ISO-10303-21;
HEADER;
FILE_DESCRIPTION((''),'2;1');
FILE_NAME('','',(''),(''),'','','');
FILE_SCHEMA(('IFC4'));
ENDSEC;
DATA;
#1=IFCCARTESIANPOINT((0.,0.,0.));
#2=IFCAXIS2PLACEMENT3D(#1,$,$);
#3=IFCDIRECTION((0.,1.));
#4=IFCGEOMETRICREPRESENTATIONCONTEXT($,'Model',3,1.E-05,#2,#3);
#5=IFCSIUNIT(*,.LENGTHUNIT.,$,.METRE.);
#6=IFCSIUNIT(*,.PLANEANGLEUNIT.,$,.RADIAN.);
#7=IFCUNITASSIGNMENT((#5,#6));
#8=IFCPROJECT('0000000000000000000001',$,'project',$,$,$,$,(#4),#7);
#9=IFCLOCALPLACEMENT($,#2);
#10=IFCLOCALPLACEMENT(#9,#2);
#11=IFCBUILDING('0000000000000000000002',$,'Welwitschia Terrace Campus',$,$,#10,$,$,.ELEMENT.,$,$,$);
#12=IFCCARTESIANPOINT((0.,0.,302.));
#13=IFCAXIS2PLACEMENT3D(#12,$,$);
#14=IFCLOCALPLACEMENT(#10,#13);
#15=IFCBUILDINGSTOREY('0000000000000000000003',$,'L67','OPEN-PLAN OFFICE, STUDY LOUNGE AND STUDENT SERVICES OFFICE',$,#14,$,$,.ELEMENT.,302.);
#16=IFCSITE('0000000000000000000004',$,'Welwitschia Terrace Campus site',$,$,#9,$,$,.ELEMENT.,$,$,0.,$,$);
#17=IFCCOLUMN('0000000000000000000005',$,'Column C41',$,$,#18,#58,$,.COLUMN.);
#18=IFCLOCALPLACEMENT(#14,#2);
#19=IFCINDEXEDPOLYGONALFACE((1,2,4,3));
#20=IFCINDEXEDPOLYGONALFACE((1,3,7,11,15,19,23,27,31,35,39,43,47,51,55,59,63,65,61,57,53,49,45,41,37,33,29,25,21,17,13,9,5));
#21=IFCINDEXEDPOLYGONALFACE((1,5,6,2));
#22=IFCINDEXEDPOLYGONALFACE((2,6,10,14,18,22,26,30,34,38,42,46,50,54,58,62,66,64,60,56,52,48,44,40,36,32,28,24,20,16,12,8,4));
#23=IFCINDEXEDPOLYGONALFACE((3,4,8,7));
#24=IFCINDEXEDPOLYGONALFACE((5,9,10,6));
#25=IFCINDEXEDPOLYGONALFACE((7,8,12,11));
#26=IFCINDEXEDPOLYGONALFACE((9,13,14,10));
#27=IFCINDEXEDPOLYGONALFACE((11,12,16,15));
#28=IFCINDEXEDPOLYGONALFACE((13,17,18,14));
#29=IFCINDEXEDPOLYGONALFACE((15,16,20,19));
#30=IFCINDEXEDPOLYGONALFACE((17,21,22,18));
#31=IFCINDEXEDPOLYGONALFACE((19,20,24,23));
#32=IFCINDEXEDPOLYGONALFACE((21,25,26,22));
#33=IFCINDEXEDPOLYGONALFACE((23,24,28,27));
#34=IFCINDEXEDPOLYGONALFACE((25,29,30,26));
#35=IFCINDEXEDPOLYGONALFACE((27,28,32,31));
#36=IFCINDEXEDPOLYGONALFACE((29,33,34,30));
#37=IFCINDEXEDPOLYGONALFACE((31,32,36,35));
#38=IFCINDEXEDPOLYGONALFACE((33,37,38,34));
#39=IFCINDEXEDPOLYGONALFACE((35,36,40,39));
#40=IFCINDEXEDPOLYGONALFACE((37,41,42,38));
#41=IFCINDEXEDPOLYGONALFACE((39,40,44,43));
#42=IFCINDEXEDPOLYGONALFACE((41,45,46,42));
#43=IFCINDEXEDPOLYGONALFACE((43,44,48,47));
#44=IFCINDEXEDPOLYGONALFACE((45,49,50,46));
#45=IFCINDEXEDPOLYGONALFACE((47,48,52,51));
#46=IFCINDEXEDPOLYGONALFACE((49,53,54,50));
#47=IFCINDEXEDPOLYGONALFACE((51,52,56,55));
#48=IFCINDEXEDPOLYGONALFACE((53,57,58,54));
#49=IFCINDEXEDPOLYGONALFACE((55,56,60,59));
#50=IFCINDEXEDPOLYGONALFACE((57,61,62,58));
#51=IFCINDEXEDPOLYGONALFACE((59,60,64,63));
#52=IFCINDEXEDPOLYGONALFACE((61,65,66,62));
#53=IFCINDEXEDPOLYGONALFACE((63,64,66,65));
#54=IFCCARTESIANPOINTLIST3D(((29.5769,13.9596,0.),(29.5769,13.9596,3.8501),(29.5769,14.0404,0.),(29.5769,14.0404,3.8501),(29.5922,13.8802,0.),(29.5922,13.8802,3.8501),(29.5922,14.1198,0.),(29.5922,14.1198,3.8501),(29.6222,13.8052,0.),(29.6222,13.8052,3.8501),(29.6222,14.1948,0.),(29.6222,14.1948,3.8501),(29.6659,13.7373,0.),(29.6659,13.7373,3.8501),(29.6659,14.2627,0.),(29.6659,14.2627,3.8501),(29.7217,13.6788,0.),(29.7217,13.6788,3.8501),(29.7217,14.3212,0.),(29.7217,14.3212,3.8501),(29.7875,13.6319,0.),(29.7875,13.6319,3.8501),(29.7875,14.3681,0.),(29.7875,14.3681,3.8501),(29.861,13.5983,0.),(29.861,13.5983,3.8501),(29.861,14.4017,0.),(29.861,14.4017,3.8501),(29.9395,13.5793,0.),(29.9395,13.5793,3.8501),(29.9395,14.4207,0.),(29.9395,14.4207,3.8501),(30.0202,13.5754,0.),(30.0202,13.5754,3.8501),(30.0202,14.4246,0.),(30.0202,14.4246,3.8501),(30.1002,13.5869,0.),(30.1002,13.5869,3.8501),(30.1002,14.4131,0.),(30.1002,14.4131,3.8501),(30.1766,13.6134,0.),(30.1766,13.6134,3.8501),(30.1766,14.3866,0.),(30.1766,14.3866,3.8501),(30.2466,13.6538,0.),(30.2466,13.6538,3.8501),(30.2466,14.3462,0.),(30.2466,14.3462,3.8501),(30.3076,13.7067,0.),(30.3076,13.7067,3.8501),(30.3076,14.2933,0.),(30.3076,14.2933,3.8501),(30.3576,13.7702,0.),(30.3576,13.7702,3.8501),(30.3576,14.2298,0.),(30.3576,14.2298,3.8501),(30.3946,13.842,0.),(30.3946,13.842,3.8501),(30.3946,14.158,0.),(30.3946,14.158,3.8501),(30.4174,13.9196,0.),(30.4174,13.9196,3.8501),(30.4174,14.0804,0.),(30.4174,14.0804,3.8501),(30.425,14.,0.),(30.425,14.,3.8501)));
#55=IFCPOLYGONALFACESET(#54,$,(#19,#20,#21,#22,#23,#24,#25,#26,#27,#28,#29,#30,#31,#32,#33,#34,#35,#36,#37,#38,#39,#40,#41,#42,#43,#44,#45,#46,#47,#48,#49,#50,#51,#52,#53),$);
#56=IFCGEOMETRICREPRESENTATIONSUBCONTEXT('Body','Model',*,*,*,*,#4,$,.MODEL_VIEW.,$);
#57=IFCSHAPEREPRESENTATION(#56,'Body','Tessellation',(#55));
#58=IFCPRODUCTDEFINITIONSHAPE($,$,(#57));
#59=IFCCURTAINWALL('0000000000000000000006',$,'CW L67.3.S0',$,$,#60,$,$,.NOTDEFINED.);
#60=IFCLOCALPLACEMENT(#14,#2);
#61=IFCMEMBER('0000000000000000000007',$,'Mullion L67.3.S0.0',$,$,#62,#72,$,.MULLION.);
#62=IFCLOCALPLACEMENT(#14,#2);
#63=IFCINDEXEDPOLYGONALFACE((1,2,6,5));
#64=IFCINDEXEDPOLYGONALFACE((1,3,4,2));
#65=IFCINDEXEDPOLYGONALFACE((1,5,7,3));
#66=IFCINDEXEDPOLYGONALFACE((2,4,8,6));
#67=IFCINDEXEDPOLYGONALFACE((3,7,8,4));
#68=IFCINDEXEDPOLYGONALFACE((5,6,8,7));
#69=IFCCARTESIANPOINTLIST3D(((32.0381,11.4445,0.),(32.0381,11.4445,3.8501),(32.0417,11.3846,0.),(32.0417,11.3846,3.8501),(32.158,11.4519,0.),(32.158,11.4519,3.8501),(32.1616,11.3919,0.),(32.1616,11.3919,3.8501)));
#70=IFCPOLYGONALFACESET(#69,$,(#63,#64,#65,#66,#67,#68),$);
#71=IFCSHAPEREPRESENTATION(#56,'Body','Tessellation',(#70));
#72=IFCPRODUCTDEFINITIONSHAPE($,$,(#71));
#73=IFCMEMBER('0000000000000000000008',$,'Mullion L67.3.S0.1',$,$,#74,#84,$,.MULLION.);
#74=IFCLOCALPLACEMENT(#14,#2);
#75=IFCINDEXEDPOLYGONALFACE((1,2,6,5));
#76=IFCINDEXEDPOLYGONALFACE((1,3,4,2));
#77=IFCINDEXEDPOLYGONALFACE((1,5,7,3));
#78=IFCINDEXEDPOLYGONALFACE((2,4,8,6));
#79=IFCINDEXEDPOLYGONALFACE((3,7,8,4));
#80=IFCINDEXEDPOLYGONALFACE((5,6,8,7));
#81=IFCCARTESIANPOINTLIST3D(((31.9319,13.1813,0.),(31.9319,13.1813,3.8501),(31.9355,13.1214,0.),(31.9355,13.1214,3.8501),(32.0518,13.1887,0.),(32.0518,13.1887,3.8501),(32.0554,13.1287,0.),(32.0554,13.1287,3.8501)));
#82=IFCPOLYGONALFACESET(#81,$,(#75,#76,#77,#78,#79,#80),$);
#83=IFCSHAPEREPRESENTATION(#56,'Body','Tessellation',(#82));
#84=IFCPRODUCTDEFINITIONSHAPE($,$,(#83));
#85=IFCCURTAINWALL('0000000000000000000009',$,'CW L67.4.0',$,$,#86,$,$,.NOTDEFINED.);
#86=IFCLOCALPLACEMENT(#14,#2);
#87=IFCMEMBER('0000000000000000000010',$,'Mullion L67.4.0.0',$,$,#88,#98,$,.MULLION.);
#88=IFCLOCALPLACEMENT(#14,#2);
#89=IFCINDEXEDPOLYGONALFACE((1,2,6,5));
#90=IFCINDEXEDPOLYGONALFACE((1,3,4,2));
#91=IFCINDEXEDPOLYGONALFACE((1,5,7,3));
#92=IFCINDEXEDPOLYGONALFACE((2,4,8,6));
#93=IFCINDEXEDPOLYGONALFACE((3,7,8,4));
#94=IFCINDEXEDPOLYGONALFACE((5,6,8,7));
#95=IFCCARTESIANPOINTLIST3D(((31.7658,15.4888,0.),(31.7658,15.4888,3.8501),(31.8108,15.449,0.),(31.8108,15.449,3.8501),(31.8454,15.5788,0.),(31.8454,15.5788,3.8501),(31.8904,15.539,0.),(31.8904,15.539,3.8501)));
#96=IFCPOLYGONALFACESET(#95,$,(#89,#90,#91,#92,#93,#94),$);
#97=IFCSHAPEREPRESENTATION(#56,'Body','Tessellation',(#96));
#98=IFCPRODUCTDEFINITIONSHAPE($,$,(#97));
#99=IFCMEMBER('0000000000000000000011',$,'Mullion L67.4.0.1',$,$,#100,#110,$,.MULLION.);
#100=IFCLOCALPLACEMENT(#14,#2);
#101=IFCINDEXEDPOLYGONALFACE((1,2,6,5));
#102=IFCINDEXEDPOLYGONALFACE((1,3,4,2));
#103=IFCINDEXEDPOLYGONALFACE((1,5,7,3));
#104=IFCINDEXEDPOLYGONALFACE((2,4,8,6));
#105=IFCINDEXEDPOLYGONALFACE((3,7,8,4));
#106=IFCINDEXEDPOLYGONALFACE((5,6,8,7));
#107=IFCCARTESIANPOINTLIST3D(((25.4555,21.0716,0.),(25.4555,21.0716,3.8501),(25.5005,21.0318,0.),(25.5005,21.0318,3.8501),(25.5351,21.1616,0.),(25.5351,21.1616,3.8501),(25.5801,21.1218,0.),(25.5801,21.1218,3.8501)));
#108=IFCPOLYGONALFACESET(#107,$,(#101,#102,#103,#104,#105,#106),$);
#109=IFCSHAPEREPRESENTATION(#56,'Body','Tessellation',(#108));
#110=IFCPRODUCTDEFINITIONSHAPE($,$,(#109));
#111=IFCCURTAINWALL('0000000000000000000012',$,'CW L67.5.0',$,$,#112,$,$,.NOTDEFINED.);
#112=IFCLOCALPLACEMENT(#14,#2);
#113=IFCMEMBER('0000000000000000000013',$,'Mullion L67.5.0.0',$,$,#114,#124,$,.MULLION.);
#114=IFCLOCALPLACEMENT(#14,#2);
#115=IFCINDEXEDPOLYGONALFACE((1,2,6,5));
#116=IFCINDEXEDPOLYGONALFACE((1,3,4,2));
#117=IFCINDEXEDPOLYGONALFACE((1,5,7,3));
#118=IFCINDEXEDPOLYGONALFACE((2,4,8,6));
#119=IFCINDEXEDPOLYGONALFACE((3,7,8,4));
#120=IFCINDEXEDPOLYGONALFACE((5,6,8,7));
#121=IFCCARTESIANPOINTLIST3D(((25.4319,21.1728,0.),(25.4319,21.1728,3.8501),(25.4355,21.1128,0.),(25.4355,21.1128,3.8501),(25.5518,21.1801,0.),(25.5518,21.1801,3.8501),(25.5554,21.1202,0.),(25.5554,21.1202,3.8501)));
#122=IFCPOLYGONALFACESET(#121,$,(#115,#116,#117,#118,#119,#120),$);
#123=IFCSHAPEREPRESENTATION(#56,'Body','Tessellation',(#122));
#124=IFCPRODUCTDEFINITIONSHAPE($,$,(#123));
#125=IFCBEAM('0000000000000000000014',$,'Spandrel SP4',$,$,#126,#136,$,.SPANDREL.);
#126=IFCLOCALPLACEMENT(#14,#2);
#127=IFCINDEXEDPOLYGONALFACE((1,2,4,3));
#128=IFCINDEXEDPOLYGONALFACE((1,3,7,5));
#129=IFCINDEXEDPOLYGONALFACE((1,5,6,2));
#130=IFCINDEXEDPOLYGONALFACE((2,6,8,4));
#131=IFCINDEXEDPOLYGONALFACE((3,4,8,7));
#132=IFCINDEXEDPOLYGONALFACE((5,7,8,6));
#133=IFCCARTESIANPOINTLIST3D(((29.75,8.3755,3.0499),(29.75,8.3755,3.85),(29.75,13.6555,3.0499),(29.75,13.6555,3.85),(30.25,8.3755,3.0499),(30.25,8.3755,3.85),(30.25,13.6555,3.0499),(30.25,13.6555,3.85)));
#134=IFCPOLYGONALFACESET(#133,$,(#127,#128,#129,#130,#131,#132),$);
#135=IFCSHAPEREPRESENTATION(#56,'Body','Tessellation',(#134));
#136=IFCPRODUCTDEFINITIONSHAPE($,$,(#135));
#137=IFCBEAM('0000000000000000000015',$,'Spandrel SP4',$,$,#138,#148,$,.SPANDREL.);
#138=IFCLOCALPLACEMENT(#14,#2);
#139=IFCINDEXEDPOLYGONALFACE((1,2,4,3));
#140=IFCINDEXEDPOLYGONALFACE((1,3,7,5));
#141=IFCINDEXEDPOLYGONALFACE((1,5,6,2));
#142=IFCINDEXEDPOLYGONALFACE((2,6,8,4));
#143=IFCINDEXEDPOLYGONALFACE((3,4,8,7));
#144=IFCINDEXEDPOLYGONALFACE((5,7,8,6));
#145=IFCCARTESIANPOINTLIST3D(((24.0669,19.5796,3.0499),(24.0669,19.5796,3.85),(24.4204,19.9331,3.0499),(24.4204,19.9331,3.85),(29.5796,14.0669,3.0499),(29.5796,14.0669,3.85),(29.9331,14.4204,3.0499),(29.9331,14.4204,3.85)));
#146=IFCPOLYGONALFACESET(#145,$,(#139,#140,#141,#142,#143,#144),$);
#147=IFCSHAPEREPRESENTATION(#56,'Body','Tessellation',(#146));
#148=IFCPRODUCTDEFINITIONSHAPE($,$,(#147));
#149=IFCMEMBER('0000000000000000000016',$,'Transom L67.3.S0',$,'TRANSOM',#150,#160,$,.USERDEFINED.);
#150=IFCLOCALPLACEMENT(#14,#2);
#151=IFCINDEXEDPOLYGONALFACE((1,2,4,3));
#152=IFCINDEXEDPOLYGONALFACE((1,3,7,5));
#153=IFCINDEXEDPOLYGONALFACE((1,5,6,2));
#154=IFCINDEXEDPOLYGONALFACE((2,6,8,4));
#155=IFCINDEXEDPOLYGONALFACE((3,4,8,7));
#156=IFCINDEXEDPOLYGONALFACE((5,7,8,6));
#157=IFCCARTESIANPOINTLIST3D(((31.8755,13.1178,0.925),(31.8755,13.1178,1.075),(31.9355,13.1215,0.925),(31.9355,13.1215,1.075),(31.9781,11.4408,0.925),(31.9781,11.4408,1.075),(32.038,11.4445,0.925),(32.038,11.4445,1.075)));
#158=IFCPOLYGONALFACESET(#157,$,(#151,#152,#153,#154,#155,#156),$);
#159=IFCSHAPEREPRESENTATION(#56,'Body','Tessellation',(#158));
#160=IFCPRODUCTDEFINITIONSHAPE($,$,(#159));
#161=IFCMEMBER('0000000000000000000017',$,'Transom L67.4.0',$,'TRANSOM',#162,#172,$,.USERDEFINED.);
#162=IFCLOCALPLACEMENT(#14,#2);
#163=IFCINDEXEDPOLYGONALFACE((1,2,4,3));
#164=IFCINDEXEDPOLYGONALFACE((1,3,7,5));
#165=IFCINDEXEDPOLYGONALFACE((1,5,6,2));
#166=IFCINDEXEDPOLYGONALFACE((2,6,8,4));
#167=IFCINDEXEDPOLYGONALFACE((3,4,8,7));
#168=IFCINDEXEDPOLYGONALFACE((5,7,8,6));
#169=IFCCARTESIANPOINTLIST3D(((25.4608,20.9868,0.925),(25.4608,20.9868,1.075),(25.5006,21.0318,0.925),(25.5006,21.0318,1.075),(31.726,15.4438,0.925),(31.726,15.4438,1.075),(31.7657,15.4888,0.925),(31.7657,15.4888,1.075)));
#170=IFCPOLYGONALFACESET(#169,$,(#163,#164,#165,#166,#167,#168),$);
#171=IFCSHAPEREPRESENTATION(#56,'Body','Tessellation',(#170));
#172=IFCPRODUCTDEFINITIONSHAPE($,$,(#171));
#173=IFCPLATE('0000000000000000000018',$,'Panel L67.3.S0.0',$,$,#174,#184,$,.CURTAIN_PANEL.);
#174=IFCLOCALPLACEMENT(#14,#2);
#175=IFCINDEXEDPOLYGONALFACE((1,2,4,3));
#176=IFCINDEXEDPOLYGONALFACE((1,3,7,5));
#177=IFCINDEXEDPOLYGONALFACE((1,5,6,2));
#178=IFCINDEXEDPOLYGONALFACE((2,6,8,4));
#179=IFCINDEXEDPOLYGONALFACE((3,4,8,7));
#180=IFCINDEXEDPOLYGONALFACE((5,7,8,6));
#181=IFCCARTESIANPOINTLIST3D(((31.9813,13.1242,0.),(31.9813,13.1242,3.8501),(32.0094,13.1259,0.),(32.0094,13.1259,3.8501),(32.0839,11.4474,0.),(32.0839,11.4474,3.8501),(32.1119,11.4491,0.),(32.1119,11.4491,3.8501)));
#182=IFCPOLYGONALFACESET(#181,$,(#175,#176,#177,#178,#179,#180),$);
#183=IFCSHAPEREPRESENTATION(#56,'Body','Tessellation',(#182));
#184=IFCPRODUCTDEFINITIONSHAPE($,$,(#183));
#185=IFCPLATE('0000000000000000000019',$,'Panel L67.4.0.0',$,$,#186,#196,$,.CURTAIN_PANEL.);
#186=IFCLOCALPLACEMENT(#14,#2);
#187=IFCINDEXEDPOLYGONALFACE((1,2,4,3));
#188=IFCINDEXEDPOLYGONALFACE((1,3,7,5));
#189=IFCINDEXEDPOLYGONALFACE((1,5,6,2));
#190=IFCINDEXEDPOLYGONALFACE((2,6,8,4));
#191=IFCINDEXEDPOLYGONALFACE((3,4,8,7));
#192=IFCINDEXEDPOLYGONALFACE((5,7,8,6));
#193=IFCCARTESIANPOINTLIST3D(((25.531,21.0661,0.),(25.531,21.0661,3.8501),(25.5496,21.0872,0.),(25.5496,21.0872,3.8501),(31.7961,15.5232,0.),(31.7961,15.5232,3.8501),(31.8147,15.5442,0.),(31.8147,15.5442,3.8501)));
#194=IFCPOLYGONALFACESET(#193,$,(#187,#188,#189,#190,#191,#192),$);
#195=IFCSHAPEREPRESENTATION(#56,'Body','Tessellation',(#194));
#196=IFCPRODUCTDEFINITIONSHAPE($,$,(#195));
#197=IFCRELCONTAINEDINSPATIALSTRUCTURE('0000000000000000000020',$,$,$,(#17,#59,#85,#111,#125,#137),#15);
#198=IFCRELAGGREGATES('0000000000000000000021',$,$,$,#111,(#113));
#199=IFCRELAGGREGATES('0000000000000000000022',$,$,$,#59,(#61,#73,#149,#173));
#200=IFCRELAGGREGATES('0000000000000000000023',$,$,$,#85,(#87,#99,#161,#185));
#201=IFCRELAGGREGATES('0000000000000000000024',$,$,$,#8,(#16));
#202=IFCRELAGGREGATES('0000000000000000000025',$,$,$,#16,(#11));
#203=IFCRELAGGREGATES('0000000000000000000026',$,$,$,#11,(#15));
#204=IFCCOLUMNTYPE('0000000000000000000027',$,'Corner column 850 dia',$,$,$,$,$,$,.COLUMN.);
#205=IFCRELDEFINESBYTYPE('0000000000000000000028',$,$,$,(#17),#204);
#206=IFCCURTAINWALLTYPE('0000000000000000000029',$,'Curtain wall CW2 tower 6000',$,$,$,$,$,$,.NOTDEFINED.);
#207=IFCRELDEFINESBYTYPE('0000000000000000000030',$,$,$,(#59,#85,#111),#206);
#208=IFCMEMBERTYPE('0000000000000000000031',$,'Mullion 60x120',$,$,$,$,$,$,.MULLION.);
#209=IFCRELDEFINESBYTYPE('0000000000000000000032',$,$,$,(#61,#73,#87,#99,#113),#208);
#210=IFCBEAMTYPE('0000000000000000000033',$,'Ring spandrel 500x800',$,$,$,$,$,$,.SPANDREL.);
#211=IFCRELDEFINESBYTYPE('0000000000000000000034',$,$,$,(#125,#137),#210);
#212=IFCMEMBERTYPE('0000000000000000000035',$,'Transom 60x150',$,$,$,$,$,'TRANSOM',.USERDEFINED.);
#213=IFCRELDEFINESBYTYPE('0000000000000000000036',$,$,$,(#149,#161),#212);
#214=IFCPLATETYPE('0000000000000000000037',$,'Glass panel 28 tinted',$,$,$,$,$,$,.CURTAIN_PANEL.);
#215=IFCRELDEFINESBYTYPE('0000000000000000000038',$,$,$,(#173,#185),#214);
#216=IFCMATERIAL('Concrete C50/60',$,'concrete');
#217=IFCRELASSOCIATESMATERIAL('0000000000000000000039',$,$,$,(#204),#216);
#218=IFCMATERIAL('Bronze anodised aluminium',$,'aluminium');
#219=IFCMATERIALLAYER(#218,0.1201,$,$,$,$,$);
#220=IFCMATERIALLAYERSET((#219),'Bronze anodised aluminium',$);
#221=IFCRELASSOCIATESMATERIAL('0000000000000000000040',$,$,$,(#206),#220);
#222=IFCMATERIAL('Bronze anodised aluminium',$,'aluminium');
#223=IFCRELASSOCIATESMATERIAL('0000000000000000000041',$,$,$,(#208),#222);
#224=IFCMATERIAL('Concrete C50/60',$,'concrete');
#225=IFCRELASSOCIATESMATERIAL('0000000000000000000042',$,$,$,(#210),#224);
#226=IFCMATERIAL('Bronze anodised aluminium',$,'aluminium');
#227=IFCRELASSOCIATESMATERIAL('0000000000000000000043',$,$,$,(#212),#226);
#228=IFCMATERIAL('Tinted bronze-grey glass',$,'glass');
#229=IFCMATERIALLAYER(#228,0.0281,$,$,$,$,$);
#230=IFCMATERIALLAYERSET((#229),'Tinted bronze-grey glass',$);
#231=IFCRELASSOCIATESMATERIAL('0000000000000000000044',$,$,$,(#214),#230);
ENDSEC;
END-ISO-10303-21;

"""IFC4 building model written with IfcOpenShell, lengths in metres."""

from ifc_helpers import new_model, si_unit, direction, frame, origin, origin_2d, place, context, subcontext, project, spatial, rectangle, circle, extrude, material, layer, layer_set, material_profile, profile_set, type_object, element, aggregate, save


model = new_model("IFC4")

# Units and contexts
model_context = context("Model", 3, precision=1e-05, world=origin(), true_north=direction((0.0, 1.0)))
body_context = subcontext(model_context, "Body", "Model", "MODEL_VIEW")
ifc_project = project(units=[si_unit("LENGTHUNIT", "METRE"), si_unit("PLANEANGLEUNIT", "RADIAN")], contexts=[model_context])

# Site, building, storey
site_placement = place(None, origin())
site = spatial("IfcSite", under=ifc_project, at=site_placement, Name="Welwitschia Terrace Campus site", CompositionType="ELEMENT", RefElevation=0.0)
building_placement = place(site_placement, origin())
building = spatial("IfcBuilding", under=site, at=building_placement, Name="Welwitschia Terrace Campus", CompositionType="ELEMENT")
storey_placement = place(building_placement, frame((0.0, 0.0, 302.0)))
storey = spatial("IfcBuildingStorey", under=building, at=storey_placement, Name="L67", Description="OPEN-PLAN OFFICE, STUDY LOUNGE AND STUDENT SERVICES OFFICE", CompositionType="ELEMENT", Elevation=302.0)

# Column
ifc_material_1 = material(Name="Concrete C50/60", Category="concrete")
ifc_material_profile_1 = material_profile(ifc_material_1, circle(Radius=0.425, at=origin_2d()))
ifc_profile_set_1 = profile_set([ifc_material_profile_1], Name="Concrete C50/60")
column_type = type_object("IfcColumnType", Name="Corner column 850 dia", PredefinedType="COLUMN", material=ifc_profile_set_1)
column_placement = place(storey_placement, frame((30.0, 14.0, 0.0), z_axis=(0.0, 0.0, 1.0), x_axis=(1.0, 0.0, 0.0)))
element("IfcColumn", 1, at=column_placement, inside=storey, type_object=column_type, Name="Column C41", PredefinedType="COLUMN", context=body_context, shape_type="SweptSolid", body=[
    extrude(circle(Radius=0.425, at=origin_2d()), origin(), (0.0, 0.0, 1.0), 3.8501),
])

# Curtain walls, members
ifc_material_2 = material(Name="Bronze anodised aluminium", Category="aluminium")
ifc_layer_1 = layer(ifc_material_2, 0.1201)
ifc_layer_set_1 = layer_set([ifc_layer_1], Name="Bronze anodised aluminium")
curtain_wall_type = type_object("IfcCurtainWallType", Name="Curtain wall CW2 tower 6000", PredefinedType="NOTDEFINED", material=ifc_layer_set_1)
curtain_wall_1_placement = place(storey_placement, origin())
curtain_wall_1 = element("IfcCurtainWall", 2, at=curtain_wall_1_placement, inside=storey, type_object=curtain_wall_type, Name="CW L67.3.S0", PredefinedType="NOTDEFINED")
ifc_material_3 = material(Name="Bronze anodised aluminium", Category="aluminium")
ifc_material_profile_2 = material_profile(ifc_material_3, rectangle(XDim=0.1201, YDim=0.0601, at=origin_2d()))
ifc_profile_set_2 = profile_set([ifc_material_profile_2], Name="Bronze anodised aluminium")
member_type_1 = type_object("IfcMemberType", Name="Mullion 60x120", PredefinedType="MULLION", material=ifc_profile_set_2)
member_1_placement = place(storey_placement, frame((32.0999, 11.4182, 0.0), z_axis=(0.0, 0.0, 1.0), x_axis=(-0.998135, -0.061049, 0.0)))
member_1 = element("IfcMember", 3, at=member_1_placement, type_object=member_type_1, Name="Mullion L67.3.S0.0", PredefinedType="MULLION", context=body_context, shape_type="SweptSolid", body=[
    extrude(rectangle(XDim=0.1201, YDim=0.0601, at=origin_2d()), origin(), (0.0, 0.0, 1.0), 3.8501),
])
member_2_placement = place(storey_placement, frame((31.9937, 13.155, 0.0), z_axis=(0.0, 0.0, 1.0), x_axis=(-0.998135, -0.061049, 0.0)))
member_2 = element("IfcMember", 4, at=member_2_placement, type_object=member_type_1, Name="Mullion L67.3.S0.1", PredefinedType="MULLION", context=body_context, shape_type="SweptSolid", body=[
    extrude(rectangle(XDim=0.1201, YDim=0.0601, at=origin_2d()), origin(), (0.0, 0.0, 1.0), 3.8501),
])
curtain_wall_2_placement = place(storey_placement, origin())
curtain_wall_2 = element("IfcCurtainWall", 5, at=curtain_wall_2_placement, inside=storey, type_object=curtain_wall_type, Name="CW L67.4.0", PredefinedType="NOTDEFINED")
member_3_placement = place(storey_placement, frame((31.8281, 15.5139, 0.0), z_axis=(0.0, 0.0, 1.0), x_axis=(-0.66262, -0.748956, 0.0)))
member_3 = element("IfcMember", 6, at=member_3_placement, type_object=member_type_1, Name="Mullion L67.4.0.0", PredefinedType="MULLION", context=body_context, shape_type="SweptSolid", body=[
    extrude(rectangle(XDim=0.1201, YDim=0.0601, at=origin_2d()), origin(), (0.0, 0.0, 1.0), 3.8501),
])
member_4_placement = place(storey_placement, frame((25.5178, 21.0967, 0.0), z_axis=(0.0, 0.0, 1.0), x_axis=(-0.66262, -0.748956, 0.0)))
member_4 = element("IfcMember", 7, at=member_4_placement, type_object=member_type_1, Name="Mullion L67.4.0.1", PredefinedType="MULLION", context=body_context, shape_type="SweptSolid", body=[
    extrude(rectangle(XDim=0.1201, YDim=0.0601, at=origin_2d()), origin(), (0.0, 0.0, 1.0), 3.8501),
])

# Curtain wall, member
curtain_wall_3_placement = place(storey_placement, origin())
curtain_wall_3 = element("IfcCurtainWall", 8, at=curtain_wall_3_placement, inside=storey, type_object=curtain_wall_type, Name="CW L67.5.0", PredefinedType="NOTDEFINED")
member_5_placement = place(storey_placement, frame((25.4937, 21.1465, 0.0), z_axis=(0.0, 0.0, 1.0), x_axis=(-0.998135, -0.061049, 0.0)))
member_5 = element("IfcMember", 9, at=member_5_placement, type_object=member_type_1, Name="Mullion L67.5.0.0", PredefinedType="MULLION", context=body_context, shape_type="SweptSolid", body=[
    extrude(rectangle(XDim=0.1201, YDim=0.0601, at=origin_2d()), origin(), (0.0, 0.0, 1.0), 3.8501),
])
aggregate(curtain_wall_3, [member_5])

# Beams
ifc_material_4 = material(Name="Concrete C50/60", Category="concrete")
ifc_material_profile_3 = material_profile(ifc_material_4, rectangle(XDim=0.5, YDim=0.8, at=origin_2d()))
ifc_profile_set_3 = profile_set([ifc_material_profile_3], Name="Concrete C50/60")
beam_type = type_object("IfcBeamType", Name="Ring spandrel 500x800", PredefinedType="SPANDREL", material=ifc_profile_set_3)
beam_1_placement = place(storey_placement, frame((30.0, 8.3755, 3.45), z_axis=(0.0, 1.0, 0.0), x_axis=(-1.0, 0.0, 0.0)))
element("IfcBeam", 10, at=beam_1_placement, inside=storey, type_object=beam_type, Name="Spandrel SP4", PredefinedType="SPANDREL", context=body_context, shape_type="SweptSolid", body=[
    extrude(rectangle(XDim=0.5, YDim=0.8, at=origin_2d()), origin(), (0.0, 0.0, 1.0), 5.28),
])
beam_2_placement = place(storey_placement, frame((29.7563, 14.2437, 3.45), z_axis=(-0.707107, 0.707107, 0.0), x_axis=(-0.707107, -0.707107, 0.0)))
element("IfcBeam", 11, at=beam_2_placement, inside=storey, type_object=beam_type, Name="Spandrel SP4", PredefinedType="SPANDREL", context=body_context, shape_type="SweptSolid", body=[
    extrude(rectangle(XDim=0.5, YDim=0.8, at=origin_2d()), origin(), (0.0, 0.0, 1.0), 7.7961),
])

# Members
ifc_material_5 = material(Name="Bronze anodised aluminium", Category="aluminium")
ifc_material_profile_4 = material_profile(ifc_material_5, rectangle(XDim=0.0601, YDim=0.1499, at=origin_2d()))
ifc_profile_set_4 = profile_set([ifc_material_profile_4], Name="Bronze anodised aluminium")
member_type_2 = type_object("IfcMemberType", Name="Transom 60x150", ElementType="TRANSOM", PredefinedType="USERDEFINED", material=ifc_profile_set_4)
member_6_placement = place(storey_placement, frame((32.0081, 11.4426, 1.0), z_axis=(-0.06103, 0.998136, 0.0), x_axis=(-0.998136, -0.06103, 0.0)))
member_6 = element("IfcMember", 12, at=member_6_placement, type_object=member_type_2, Name="Transom L67.3.S0", ObjectType="TRANSOM", PredefinedType="USERDEFINED", context=body_context, shape_type="SweptSolid", body=[
    extrude(rectangle(XDim=0.0601, YDim=0.1499, at=origin_2d()), origin(), (0.0, 0.0, 1.0), 1.6802),
])
member_7_placement = place(storey_placement, frame((31.7458, 15.4663, 1.0), z_axis=(-0.748953, 0.662623, 0.0), x_axis=(-0.662623, -0.748953, 0.0)))
member_7 = element("IfcMember", 13, at=member_7_placement, type_object=member_type_2, Name="Transom L67.4.0", ObjectType="TRANSOM", PredefinedType="USERDEFINED", context=body_context, shape_type="SweptSolid", body=[
    extrude(rectangle(XDim=0.0601, YDim=0.1499, at=origin_2d()), origin(), (0.0, 0.0, 1.0), 8.3652),
])

# Plates
ifc_material_6 = material(Name="Tinted bronze-grey glass", Category="glass")
ifc_layer_2 = layer(ifc_material_6, 0.0281)
ifc_layer_set_2 = layer_set([ifc_layer_2], Name="Tinted bronze-grey glass")
plate_type = type_object("IfcPlateType", Name="Glass panel 28 tinted", PredefinedType="CURTAIN_PANEL", material=ifc_layer_set_2)
plate_1_placement = place(storey_placement, frame((32.0466, 12.2866, 0.0), z_axis=(0.0, 0.0, 1.0), x_axis=(-0.061049, 0.998135, 0.0)))
plate_1 = element("IfcPlate", 14, at=plate_1_placement, type_object=plate_type, Name="Panel L67.3.S0.0", PredefinedType="CURTAIN_PANEL", context=body_context, shape_type="SweptSolid", body=[
    extrude(rectangle(XDim=1.6799, YDim=0.0281, at=origin_2d()), origin(), (0.0, 0.0, 1.0), 3.8501),
])
aggregate(curtain_wall_1, [member_1, member_2, member_6, plate_1])
plate_2_placement = place(storey_placement, frame((28.6729, 18.3052, 0.0), z_axis=(0.0, 0.0, 1.0), x_axis=(-0.748956, 0.66262, 0.0)))
plate_2 = element("IfcPlate", 15, at=plate_2_placement, type_object=plate_type, Name="Panel L67.4.0.0", PredefinedType="CURTAIN_PANEL", context=body_context, shape_type="SweptSolid", body=[
    extrude(rectangle(XDim=8.3652, YDim=0.0281, at=origin_2d()), origin(), (0.0, 0.0, 1.0), 3.8501),
])
aggregate(curtain_wall_2, [member_3, member_4, member_7, plate_2])

save(model, "model.ifc")
